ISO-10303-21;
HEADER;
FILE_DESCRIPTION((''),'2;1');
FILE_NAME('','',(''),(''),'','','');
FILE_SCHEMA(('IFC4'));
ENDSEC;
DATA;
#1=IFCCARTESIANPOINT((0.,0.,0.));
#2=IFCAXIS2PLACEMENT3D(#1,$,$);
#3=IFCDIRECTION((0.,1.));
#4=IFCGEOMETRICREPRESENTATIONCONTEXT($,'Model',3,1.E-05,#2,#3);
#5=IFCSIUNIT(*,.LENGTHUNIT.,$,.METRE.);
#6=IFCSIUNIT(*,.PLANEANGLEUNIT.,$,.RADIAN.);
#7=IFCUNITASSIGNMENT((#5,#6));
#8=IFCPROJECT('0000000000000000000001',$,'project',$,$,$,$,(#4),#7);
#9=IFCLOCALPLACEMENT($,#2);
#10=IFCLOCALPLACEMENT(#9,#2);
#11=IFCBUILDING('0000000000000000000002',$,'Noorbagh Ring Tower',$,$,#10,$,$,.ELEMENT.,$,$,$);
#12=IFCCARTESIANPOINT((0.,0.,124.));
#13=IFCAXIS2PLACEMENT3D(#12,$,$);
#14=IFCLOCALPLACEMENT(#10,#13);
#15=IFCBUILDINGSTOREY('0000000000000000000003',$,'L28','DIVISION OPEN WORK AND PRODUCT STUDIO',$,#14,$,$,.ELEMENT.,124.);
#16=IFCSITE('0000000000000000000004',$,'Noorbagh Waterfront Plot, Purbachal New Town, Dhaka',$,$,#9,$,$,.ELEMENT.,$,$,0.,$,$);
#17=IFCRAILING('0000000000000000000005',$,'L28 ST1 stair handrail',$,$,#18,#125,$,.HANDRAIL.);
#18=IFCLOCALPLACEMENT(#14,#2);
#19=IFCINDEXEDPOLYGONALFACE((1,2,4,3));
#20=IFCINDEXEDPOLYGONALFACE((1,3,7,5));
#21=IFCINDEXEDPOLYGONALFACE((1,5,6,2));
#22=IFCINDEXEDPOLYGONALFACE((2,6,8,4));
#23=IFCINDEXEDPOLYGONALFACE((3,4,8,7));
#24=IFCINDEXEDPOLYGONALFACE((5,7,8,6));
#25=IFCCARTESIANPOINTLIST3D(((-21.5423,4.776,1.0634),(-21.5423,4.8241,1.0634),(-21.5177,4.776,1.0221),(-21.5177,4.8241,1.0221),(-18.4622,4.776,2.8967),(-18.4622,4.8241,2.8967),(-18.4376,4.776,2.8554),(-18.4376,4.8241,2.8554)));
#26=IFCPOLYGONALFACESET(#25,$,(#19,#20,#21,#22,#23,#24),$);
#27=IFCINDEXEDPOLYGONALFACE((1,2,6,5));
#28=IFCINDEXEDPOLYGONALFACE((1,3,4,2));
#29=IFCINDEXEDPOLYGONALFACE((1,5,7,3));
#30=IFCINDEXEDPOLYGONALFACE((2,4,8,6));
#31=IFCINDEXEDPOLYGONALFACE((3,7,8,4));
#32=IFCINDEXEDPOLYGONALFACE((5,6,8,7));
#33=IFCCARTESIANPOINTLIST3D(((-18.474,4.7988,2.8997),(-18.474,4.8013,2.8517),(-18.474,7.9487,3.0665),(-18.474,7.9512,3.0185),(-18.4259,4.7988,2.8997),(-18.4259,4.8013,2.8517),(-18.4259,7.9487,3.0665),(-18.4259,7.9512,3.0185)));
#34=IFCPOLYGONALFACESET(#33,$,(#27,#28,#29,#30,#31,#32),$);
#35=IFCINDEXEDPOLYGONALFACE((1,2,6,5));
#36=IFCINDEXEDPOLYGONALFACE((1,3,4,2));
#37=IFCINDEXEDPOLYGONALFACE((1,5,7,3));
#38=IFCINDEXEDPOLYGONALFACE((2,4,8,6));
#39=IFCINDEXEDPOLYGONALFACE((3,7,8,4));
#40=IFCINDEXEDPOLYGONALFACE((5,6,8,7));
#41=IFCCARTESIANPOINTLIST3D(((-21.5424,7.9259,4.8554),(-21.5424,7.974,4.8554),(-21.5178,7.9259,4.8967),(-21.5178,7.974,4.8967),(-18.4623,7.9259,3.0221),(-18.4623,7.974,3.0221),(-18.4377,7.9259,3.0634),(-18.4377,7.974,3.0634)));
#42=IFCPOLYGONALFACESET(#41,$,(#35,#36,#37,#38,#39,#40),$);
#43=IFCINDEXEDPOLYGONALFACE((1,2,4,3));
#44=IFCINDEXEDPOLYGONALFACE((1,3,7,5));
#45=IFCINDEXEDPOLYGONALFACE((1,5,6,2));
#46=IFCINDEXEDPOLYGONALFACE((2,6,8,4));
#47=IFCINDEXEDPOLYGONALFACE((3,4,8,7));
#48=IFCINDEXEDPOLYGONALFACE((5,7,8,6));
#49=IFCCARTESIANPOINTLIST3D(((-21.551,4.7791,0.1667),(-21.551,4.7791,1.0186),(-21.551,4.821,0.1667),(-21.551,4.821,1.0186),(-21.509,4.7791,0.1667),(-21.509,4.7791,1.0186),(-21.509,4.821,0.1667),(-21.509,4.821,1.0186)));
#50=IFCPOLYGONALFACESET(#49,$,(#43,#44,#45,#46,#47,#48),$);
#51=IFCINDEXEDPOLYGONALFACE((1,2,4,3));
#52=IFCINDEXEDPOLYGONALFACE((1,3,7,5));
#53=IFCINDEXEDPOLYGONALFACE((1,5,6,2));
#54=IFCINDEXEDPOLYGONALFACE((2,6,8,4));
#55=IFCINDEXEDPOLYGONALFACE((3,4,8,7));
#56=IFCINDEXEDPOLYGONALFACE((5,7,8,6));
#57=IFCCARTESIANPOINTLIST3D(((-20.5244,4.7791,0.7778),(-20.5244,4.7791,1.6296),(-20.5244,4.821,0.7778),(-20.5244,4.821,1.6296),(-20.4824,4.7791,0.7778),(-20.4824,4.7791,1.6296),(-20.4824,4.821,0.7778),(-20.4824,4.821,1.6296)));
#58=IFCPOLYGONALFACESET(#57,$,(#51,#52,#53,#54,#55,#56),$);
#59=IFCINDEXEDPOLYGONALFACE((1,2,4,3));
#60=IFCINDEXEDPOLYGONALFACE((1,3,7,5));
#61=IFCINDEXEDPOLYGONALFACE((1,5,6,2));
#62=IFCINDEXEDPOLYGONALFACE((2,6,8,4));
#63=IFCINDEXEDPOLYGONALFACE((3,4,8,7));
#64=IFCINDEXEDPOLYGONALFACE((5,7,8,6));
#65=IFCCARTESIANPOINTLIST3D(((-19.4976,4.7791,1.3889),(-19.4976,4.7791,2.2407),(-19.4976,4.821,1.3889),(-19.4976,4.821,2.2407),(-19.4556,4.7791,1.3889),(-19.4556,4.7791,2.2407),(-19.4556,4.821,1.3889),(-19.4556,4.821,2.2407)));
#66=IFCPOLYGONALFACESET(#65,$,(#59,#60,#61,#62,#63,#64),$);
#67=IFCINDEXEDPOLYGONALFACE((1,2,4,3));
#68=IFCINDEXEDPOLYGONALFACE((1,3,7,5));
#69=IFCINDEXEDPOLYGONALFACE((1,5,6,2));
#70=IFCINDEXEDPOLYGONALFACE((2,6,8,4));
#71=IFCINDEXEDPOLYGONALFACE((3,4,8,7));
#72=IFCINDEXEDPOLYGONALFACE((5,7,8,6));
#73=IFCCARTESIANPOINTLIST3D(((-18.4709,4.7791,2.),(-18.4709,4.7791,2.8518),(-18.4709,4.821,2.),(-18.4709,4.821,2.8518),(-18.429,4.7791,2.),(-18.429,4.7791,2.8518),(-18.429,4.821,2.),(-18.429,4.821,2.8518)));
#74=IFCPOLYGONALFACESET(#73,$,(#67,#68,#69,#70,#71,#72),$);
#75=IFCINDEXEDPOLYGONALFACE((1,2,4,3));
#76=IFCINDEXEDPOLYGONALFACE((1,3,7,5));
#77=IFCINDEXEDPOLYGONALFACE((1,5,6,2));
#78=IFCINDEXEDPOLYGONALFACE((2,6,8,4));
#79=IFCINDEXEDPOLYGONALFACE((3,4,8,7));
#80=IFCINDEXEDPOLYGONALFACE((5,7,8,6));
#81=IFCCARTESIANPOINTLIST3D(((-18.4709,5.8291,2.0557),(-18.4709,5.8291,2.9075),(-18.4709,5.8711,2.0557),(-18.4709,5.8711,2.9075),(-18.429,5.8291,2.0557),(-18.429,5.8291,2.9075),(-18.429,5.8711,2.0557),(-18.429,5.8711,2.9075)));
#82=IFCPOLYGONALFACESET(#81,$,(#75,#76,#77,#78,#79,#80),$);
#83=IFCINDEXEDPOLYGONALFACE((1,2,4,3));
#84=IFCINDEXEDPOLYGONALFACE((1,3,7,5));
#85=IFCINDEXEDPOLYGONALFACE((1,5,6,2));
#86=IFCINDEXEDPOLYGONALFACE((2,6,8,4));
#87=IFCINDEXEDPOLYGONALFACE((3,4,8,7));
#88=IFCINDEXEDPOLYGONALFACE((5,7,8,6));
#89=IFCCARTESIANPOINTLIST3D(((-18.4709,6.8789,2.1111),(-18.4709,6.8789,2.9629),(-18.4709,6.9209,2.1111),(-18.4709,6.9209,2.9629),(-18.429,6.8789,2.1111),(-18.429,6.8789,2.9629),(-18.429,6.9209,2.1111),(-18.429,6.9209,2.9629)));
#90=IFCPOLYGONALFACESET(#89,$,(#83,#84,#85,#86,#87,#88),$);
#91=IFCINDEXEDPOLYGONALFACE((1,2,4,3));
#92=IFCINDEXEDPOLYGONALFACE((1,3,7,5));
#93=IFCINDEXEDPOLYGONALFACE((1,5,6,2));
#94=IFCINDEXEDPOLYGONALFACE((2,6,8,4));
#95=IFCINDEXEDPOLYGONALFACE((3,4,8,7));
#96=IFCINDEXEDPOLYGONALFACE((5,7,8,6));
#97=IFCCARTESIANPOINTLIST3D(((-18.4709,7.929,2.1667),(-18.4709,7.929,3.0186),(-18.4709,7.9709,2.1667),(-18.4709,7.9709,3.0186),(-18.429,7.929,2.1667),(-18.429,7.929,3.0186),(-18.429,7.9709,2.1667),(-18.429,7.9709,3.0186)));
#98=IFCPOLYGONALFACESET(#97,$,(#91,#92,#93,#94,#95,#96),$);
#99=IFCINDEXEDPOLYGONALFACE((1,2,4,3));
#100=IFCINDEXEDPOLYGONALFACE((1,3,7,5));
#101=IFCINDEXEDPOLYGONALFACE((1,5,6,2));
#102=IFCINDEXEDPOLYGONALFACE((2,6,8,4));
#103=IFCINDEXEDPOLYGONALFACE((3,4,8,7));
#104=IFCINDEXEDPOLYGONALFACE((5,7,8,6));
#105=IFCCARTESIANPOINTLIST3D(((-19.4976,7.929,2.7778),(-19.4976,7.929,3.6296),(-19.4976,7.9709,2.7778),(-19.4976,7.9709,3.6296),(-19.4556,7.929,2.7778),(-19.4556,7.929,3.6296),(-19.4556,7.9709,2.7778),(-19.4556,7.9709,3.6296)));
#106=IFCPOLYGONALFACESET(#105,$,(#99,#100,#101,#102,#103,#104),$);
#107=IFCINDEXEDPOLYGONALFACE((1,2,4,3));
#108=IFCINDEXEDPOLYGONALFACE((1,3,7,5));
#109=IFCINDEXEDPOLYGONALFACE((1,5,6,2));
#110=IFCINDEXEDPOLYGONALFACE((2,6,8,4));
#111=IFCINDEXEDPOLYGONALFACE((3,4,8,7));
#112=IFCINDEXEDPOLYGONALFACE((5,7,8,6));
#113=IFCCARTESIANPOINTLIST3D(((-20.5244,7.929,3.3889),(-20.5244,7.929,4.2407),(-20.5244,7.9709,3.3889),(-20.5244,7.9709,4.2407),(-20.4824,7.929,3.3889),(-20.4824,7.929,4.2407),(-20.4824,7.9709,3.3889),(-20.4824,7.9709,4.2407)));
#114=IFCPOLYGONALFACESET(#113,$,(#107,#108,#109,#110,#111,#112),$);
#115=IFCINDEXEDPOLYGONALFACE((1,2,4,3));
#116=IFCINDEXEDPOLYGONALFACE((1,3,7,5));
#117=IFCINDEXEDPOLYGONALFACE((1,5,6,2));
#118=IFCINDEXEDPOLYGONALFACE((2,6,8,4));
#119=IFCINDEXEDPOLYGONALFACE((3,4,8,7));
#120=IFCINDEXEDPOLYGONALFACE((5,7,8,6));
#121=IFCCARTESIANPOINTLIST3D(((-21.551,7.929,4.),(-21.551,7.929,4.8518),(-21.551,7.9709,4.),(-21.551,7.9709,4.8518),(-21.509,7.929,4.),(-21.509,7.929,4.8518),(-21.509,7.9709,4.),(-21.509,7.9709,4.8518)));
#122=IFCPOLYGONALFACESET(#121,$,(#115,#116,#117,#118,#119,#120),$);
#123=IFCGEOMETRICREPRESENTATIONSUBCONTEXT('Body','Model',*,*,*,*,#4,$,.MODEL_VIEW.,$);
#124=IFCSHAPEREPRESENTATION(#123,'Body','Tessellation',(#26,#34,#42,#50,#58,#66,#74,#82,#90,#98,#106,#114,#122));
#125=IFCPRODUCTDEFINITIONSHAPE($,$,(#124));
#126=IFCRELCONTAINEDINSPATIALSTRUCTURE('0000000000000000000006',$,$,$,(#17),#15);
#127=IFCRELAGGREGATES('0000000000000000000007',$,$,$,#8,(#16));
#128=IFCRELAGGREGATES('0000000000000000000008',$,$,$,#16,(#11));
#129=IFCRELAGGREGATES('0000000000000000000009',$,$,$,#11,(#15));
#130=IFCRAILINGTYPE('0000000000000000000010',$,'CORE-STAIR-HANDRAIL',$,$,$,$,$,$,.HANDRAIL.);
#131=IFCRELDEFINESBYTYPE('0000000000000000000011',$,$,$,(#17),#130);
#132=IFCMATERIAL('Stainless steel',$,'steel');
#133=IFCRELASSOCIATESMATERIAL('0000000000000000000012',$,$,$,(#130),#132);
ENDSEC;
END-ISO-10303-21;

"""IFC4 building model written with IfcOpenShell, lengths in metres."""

from ifc_helpers import new_model, si_unit, direction, frame, origin, origin_2d, place, context, subcontext, project, spatial, rectangle, extrude, material, type_object, element, save


model = new_model("IFC4")

# Units and contexts
model_context = context("Model", 3, precision=1e-05, world=origin(), true_north=direction((0.0, 1.0)))
body_context = subcontext(model_context, "Body", "Model", "MODEL_VIEW")
ifc_project = project(units=[si_unit("LENGTHUNIT", "METRE"), si_unit("PLANEANGLEUNIT", "RADIAN")], contexts=[model_context])

# Site, building, storey
site_placement = place(None, origin())
site = spatial("IfcSite", under=ifc_project, at=site_placement, Name="Noorbagh Waterfront Plot, Purbachal New Town, Dhaka", CompositionType="ELEMENT", RefElevation=0.0)
building_placement = place(site_placement, origin())
building = spatial("IfcBuilding", under=site, at=building_placement, Name="Noorbagh Ring Tower", CompositionType="ELEMENT")
storey_placement = place(building_placement, frame((0.0, 0.0, 124.0)))
storey = spatial("IfcBuildingStorey", under=building, at=storey_placement, Name="L28", Description="DIVISION OPEN WORK AND PRODUCT STUDIO", CompositionType="ELEMENT", Elevation=124.0)

# Railing
ifc_material_1 = material(Name="Stainless steel", Category="steel")
railing_type_1 = type_object("IfcRailingType", Name="CORE-STAIR-HANDRAIL", PredefinedType="HANDRAIL", material=ifc_material_1)
railing_1_placement = place(storey_placement, frame((-21.53, 4.8, 0.1667)))
element("IfcRailing", 1, at=railing_1_placement, inside=storey, type_object=railing_type_1, Name="L28 ST1 stair handrail", PredefinedType="HANDRAIL", context=body_context, shape_type="SweptSolid", body=[
    extrude(rectangle(XDim=0.0481, YDim=0.0481, at=origin_2d()), frame((0.0, 0.0, 0.876), z_axis=(0.859309, 0.0, 0.511458), x_axis=(0.0, 1.0, 0.0)), (0.0, 0.0, 1.0), 3.5845),
    extrude(rectangle(XDim=0.0481, YDim=0.0481, at=origin_2d()), frame((3.0801, 0.0, 2.709), z_axis=(0.0, 0.998602, 0.052864), x_axis=(-1.0, 0.0, 0.0)), (0.0, 0.0, 1.0), 3.1543),
    extrude(rectangle(XDim=0.0481, YDim=0.0481, at=origin_2d()), frame((3.0801, 3.1499, 2.876), z_axis=(-0.859309, 0.0, 0.511458), x_axis=(0.0, -1.0, 0.0)), (0.0, 0.0, 1.0), 3.5845),
    extrude(rectangle(XDim=0.042, YDim=0.042, at=origin_2d()), origin(), (0.0, 0.0, 1.0), 0.8518),
    extrude(rectangle(XDim=0.042, YDim=0.042, at=origin_2d()), frame((1.0266, 0.0, 0.6111)), (0.0, 0.0, 1.0), 0.8518),
    extrude(rectangle(XDim=0.042, YDim=0.042, at=origin_2d()), frame((2.0535, 0.0, 1.2222)), (0.0, 0.0, 1.0), 0.8518),
    extrude(rectangle(XDim=0.042, YDim=0.042, at=origin_2d()), frame((3.0801, 0.0, 1.8333)), (0.0, 0.0, 1.0), 0.8518),
    extrude(rectangle(XDim=0.042, YDim=0.042, at=origin_2d()), frame((3.0801, 1.05, 1.8889)), (0.0, 0.0, 1.0), 0.8518),
    extrude(rectangle(XDim=0.042, YDim=0.042, at=origin_2d()), frame((3.0801, 2.0999, 1.9443)), (0.0, 0.0, 1.0), 0.8518),
    extrude(rectangle(XDim=0.042, YDim=0.042, at=origin_2d()), frame((3.0801, 3.1499, 2.0)), (0.0, 0.0, 1.0), 0.8518),
    extrude(rectangle(XDim=0.042, YDim=0.042, at=origin_2d()), frame((2.0535, 3.1499, 2.6111)), (0.0, 0.0, 1.0), 0.8518),
    extrude(rectangle(XDim=0.042, YDim=0.042, at=origin_2d()), frame((1.0266, 3.1499, 3.2222)), (0.0, 0.0, 1.0), 0.8518),
    extrude(rectangle(XDim=0.042, YDim=0.042, at=origin_2d()), frame((0.0, 3.1499, 3.8333)), (0.0, 0.0, 1.0), 0.8518),
])

save(model, "model.ifc")
